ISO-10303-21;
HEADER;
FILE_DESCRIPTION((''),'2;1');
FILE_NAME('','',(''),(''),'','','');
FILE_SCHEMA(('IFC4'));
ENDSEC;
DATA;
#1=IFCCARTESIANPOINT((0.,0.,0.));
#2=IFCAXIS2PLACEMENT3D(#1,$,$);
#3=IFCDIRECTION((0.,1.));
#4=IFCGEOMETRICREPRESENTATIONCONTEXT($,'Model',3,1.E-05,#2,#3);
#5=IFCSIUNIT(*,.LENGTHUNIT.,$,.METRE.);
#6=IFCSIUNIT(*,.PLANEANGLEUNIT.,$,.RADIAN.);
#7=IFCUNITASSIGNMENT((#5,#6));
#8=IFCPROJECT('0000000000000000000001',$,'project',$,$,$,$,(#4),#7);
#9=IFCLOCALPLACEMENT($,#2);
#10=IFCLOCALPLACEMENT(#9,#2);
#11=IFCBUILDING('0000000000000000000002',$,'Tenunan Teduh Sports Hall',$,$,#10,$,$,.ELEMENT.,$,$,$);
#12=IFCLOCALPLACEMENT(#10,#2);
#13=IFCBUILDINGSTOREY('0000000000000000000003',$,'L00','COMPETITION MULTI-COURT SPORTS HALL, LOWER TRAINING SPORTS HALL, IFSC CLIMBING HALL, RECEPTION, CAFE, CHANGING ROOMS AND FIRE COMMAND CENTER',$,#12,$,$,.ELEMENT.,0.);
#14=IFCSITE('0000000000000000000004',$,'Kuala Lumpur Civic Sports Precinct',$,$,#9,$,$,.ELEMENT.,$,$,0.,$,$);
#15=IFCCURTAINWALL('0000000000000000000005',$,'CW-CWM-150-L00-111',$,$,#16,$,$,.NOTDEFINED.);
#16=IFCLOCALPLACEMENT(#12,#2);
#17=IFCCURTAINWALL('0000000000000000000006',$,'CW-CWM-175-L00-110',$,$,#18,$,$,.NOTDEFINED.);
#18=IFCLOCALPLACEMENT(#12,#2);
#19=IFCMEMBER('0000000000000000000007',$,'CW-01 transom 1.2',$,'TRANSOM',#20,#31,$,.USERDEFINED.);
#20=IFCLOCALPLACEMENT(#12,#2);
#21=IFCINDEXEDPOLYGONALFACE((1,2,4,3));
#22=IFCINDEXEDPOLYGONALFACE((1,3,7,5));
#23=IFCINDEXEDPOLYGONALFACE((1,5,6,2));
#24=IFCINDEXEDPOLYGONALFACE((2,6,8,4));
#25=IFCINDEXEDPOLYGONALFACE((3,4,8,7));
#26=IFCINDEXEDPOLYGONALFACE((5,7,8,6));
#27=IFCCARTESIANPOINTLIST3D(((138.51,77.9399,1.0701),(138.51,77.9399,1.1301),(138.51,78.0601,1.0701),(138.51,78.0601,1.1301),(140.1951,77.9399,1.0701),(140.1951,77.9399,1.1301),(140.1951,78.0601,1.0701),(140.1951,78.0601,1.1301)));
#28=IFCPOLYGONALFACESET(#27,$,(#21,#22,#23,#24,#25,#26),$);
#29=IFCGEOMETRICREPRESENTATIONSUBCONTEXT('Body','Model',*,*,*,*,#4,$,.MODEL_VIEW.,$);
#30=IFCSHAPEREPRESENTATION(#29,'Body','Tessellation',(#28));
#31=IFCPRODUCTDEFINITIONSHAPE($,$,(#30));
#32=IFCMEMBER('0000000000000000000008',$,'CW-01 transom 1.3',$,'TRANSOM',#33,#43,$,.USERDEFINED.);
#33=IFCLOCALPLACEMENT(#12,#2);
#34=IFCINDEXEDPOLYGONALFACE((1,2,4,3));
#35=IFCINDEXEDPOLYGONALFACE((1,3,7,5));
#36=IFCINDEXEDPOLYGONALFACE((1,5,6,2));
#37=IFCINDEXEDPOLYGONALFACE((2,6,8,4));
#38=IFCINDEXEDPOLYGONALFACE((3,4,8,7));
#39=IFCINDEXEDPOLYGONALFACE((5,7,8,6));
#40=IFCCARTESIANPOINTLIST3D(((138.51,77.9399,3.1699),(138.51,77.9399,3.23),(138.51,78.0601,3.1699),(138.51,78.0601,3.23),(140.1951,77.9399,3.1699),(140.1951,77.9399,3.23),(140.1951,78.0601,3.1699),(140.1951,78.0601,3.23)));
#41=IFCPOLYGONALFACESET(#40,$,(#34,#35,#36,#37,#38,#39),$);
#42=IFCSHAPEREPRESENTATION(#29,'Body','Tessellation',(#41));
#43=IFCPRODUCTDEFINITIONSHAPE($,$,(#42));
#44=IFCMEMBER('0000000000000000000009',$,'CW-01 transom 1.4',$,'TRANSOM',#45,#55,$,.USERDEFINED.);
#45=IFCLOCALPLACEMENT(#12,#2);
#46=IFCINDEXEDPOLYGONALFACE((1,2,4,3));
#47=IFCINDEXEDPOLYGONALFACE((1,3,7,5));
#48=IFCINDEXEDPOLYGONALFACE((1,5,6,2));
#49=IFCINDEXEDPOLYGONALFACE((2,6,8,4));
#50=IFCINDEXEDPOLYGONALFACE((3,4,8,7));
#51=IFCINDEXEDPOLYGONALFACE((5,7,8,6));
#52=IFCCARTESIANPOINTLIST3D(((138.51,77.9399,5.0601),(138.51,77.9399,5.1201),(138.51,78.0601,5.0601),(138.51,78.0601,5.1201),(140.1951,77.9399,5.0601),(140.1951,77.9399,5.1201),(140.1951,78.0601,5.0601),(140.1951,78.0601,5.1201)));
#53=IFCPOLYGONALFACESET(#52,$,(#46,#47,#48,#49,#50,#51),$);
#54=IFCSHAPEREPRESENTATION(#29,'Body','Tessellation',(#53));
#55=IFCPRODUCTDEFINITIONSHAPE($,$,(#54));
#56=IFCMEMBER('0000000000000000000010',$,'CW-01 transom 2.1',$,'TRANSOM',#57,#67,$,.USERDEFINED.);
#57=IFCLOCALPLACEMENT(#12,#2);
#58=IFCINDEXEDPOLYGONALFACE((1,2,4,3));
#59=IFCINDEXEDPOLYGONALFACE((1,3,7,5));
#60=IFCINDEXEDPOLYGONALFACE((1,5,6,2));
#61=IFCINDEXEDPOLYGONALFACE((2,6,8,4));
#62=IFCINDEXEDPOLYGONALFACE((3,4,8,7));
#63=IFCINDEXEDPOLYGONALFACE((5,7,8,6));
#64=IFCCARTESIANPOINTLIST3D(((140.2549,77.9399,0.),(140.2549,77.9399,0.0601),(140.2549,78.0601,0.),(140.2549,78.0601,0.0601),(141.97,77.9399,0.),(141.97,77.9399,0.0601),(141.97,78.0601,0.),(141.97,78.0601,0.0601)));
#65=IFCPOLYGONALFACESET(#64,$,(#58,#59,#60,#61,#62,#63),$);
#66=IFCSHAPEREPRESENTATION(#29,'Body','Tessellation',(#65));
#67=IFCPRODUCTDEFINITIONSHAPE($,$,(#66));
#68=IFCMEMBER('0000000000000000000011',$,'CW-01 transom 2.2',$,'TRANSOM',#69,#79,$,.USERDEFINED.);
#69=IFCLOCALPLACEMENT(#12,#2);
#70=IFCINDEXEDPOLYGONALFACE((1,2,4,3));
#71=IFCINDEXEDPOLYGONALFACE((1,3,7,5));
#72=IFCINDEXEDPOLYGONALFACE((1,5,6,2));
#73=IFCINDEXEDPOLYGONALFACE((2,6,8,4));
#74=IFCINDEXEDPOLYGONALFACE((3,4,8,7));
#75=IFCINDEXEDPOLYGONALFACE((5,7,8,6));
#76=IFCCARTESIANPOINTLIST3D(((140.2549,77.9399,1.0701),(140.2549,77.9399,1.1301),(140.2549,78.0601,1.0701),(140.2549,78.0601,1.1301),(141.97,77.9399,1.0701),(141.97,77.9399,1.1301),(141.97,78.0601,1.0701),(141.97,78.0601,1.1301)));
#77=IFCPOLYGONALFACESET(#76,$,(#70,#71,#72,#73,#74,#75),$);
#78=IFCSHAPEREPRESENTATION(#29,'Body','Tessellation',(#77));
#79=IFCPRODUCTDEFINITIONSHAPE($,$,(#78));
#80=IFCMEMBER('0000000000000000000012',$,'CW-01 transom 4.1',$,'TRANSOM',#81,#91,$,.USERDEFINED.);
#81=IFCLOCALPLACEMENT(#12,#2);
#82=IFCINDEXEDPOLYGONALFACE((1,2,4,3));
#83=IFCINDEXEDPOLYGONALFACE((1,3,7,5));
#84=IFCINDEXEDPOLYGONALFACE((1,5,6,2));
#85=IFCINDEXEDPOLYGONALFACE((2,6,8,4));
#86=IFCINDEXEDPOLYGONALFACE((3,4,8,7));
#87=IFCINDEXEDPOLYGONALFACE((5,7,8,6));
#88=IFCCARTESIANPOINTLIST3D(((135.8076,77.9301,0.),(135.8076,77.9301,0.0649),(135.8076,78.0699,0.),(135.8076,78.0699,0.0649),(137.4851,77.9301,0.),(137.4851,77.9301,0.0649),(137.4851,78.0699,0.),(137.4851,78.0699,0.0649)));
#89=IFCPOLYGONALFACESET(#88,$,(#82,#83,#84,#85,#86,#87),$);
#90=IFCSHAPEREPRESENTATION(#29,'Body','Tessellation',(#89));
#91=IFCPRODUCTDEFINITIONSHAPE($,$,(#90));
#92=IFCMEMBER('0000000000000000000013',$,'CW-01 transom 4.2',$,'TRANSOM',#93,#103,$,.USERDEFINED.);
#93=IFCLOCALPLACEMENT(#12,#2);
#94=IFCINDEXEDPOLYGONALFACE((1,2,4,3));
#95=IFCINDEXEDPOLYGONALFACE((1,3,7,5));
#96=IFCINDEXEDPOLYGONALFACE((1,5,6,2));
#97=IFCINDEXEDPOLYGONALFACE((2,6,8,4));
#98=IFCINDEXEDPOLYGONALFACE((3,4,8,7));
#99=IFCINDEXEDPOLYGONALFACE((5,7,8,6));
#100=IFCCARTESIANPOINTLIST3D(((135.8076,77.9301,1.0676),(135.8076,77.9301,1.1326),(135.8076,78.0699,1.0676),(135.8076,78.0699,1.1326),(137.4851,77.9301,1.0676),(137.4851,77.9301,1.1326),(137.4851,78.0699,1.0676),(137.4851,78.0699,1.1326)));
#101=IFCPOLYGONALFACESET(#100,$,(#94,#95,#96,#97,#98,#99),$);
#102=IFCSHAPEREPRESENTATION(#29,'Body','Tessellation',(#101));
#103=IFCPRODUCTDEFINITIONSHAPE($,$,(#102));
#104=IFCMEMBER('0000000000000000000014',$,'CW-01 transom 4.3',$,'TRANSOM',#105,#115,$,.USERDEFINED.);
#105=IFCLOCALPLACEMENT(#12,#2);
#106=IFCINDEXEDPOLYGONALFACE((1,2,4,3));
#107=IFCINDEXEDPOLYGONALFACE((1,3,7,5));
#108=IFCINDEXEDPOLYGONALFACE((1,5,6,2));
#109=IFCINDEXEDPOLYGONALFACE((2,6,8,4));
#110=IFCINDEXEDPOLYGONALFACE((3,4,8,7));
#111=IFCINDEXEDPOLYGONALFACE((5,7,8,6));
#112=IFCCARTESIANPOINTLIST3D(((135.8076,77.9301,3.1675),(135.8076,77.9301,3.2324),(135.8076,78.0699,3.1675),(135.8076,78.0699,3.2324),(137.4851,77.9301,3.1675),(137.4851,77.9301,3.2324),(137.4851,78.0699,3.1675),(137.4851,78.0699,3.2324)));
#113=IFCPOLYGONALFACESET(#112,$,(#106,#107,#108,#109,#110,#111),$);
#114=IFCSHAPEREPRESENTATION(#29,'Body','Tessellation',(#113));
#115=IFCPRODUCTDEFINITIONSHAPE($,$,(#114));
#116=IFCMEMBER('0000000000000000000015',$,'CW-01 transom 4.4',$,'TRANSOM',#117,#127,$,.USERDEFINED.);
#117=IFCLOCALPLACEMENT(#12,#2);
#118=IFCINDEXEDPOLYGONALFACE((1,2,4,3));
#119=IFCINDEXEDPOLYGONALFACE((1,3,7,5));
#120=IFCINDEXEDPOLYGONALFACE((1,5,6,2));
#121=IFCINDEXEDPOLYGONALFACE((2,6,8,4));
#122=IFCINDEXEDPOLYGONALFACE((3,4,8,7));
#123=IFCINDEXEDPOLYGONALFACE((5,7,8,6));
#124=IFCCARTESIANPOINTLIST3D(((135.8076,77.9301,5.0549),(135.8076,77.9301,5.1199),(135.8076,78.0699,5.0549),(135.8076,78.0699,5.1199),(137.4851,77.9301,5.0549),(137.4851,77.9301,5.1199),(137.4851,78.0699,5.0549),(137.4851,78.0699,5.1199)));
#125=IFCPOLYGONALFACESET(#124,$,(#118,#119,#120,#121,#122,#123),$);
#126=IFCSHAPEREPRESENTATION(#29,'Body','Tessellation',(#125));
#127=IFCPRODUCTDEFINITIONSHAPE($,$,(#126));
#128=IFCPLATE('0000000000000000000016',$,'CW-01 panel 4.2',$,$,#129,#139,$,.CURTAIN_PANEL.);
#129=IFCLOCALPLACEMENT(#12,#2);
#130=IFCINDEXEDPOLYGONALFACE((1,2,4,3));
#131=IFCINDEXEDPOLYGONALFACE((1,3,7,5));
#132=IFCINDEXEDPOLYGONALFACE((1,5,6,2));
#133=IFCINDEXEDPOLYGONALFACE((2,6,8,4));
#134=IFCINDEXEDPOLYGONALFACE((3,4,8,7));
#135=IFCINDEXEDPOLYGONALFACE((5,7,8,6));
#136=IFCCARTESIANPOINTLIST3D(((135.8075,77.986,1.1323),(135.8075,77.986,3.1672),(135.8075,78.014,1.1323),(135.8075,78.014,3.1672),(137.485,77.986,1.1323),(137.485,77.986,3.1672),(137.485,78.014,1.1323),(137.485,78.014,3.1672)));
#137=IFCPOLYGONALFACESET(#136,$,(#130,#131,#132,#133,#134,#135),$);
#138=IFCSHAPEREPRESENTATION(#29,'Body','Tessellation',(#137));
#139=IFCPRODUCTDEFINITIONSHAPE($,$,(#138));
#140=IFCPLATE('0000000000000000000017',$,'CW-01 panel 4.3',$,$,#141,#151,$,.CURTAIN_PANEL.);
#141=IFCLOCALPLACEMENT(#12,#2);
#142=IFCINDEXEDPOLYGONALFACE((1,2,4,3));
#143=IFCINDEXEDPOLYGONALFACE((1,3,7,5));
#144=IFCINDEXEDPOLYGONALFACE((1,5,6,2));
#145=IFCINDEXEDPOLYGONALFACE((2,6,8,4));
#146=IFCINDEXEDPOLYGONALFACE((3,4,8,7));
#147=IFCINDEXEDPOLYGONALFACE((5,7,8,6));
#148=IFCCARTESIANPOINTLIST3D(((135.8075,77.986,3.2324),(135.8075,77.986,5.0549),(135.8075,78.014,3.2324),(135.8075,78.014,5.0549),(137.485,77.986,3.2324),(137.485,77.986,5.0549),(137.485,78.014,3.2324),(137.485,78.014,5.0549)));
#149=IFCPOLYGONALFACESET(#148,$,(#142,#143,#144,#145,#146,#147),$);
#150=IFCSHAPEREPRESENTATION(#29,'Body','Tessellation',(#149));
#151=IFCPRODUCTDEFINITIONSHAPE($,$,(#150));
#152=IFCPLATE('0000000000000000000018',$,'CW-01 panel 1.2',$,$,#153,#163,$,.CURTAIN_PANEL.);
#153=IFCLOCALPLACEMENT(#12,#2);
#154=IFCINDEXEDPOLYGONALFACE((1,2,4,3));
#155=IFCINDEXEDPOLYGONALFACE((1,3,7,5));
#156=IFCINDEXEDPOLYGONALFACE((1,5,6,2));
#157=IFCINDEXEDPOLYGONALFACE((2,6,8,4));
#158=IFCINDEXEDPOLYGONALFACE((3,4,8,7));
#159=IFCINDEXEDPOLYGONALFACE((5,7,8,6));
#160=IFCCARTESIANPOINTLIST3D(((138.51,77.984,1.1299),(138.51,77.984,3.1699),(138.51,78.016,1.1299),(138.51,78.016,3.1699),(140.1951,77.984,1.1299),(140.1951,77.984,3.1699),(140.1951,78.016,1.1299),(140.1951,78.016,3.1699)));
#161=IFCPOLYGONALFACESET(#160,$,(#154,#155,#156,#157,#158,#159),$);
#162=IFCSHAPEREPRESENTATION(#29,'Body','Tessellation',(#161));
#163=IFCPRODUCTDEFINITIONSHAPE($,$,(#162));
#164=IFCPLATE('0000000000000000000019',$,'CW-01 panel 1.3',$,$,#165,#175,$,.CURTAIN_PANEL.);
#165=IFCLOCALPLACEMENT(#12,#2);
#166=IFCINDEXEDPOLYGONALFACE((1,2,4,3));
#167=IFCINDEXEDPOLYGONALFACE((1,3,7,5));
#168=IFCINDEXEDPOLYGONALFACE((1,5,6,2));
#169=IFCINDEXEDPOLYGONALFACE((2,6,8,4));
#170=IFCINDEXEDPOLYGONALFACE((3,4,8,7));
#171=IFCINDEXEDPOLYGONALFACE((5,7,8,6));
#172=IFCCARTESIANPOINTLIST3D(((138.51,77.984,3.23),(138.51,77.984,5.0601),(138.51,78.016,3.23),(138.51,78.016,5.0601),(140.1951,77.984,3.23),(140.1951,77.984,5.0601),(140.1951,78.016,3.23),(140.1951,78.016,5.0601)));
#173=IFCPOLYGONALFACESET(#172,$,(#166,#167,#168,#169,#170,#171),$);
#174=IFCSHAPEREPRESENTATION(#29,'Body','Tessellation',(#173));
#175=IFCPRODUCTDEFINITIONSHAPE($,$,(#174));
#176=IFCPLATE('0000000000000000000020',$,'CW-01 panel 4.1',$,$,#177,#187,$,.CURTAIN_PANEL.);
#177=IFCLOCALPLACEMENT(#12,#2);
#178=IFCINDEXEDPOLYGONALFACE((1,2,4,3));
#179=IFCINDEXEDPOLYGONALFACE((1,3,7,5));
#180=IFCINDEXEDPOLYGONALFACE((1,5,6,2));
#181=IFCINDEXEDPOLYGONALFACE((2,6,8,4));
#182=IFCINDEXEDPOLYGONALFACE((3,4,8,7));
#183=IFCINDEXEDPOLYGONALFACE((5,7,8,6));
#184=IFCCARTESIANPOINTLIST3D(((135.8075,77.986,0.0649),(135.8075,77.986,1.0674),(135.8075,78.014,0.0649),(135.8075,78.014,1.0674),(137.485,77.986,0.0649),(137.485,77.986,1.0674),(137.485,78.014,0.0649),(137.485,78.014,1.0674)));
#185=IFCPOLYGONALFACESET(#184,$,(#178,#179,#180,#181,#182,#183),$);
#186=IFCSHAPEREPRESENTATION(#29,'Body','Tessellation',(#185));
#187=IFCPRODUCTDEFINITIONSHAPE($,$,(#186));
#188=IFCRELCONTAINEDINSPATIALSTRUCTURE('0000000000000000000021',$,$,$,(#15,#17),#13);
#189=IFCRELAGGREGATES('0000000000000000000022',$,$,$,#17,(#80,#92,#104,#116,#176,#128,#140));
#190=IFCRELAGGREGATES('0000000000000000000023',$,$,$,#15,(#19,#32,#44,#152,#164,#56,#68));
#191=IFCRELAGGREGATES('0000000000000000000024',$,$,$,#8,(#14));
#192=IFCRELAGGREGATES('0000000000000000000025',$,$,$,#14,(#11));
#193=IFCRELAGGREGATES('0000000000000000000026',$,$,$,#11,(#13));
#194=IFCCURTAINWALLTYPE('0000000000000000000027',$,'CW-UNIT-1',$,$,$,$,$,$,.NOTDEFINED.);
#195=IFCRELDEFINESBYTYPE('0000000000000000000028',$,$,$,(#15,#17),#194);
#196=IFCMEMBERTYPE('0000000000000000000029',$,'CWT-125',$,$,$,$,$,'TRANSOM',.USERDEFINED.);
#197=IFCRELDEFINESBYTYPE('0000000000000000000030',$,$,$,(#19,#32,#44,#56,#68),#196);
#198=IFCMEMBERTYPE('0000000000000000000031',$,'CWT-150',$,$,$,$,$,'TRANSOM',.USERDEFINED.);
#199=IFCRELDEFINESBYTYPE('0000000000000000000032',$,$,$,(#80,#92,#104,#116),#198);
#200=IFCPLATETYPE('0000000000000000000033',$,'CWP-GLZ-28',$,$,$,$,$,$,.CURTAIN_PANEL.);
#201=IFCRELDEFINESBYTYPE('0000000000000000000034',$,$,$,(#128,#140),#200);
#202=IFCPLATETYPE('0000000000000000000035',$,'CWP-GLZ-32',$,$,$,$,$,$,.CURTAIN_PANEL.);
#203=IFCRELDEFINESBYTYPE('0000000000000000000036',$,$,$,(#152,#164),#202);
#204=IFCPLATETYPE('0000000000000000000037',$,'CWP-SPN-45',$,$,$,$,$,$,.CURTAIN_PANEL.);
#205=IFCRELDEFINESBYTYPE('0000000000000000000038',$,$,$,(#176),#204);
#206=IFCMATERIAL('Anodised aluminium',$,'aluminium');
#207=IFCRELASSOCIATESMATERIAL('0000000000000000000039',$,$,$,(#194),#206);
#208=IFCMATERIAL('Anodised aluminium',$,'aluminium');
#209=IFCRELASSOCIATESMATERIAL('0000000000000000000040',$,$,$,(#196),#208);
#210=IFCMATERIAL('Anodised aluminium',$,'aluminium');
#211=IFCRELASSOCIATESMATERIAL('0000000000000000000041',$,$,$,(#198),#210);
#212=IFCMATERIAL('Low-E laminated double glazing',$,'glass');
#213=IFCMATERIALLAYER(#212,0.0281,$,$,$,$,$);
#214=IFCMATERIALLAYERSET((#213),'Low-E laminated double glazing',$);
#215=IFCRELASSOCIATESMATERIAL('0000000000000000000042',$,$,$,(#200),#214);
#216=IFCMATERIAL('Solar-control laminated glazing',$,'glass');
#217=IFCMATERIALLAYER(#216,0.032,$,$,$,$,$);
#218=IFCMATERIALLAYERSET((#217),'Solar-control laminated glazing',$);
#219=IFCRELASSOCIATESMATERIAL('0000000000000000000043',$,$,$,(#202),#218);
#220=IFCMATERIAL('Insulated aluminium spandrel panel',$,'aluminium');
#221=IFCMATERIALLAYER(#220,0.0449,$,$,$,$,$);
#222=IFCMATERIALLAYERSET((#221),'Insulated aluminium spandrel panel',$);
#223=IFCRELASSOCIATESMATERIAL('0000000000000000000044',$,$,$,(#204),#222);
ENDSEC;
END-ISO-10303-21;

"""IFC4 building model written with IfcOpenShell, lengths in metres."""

from ifc_helpers import new_model, si_unit, direction, frame, origin, origin_2d, place, context, subcontext, project, spatial, rectangle, extrude, material, layer, layer_set, material_profile, profile_set, type_object, element, aggregate, save


model = new_model("IFC4")

# Units and contexts
model_context = context("Model", 3, precision=1e-05, world=origin(), true_north=direction((0.0, 1.0)))
body_context = subcontext(model_context, "Body", "Model", "MODEL_VIEW")
ifc_project = project(units=[si_unit("LENGTHUNIT", "METRE"), si_unit("PLANEANGLEUNIT", "RADIAN")], contexts=[model_context])

# Site, building, storey
site_placement = place(None, origin())
site = spatial("IfcSite", under=ifc_project, at=site_placement, Name="Kuala Lumpur Civic Sports Precinct", CompositionType="ELEMENT", RefElevation=0.0)
building_placement = place(site_placement, origin())
building = spatial("IfcBuilding", under=site, at=building_placement, Name="Tenunan Teduh Sports Hall", CompositionType="ELEMENT")
storey_placement = place(building_placement, origin())
storey = spatial("IfcBuildingStorey", under=building, at=storey_placement, Name="L00", Description="COMPETITION MULTI-COURT SPORTS HALL, LOWER TRAINING SPORTS HALL, IFSC CLIMBING HALL, RECEPTION, CAFE, CHANGING ROOMS AND FIRE COMMAND CENTER", CompositionType="ELEMENT", Elevation=0.0)

# Curtain wall
ifc_material_1 = material(Name="Anodised aluminium", Category="aluminium")
curtain_wall_type = type_object("IfcCurtainWallType", Name="CW-UNIT-1", PredefinedType="NOTDEFINED", material=ifc_material_1)
curtain_wall_1_placement = place(storey_placement, origin())
curtain_wall_1 = element("IfcCurtainWall", 1, at=curtain_wall_1_placement, inside=storey, type_object=curtain_wall_type, Name="CW-CWM-150-L00-111", PredefinedType="NOTDEFINED")

# Curtain wall
curtain_wall_2_placement = place(storey_placement, origin())
curtain_wall_2 = element("IfcCurtainWall", 2, at=curtain_wall_2_placement, inside=storey, type_object=curtain_wall_type, Name="CW-CWM-175-L00-110", PredefinedType="NOTDEFINED")

# Members
ifc_material_2 = material(Name="Anodised aluminium", Category="aluminium")
ifc_material_profile_1 = material_profile(ifc_material_2, rectangle(XDim=0.0601, YDim=0.1201, at=origin_2d()), Name="CWT 60x120")
ifc_profile_set_1 = profile_set([ifc_material_profile_1], Name="Anodised aluminium")
member_type_1 = type_object("IfcMemberType", Name="CWT-125", ElementType="TRANSOM", PredefinedType="USERDEFINED", material=ifc_profile_set_1)
member_1_placement = place(storey_placement, frame((138.51, 78.0, 1.1001), z_axis=(1.0, 0.0, 0.0), x_axis=(0.0, 0.0, 1.0)))
member_1 = element("IfcMember", 3, at=member_1_placement, type_object=member_type_1, Name="CW-01 transom 1.2", ObjectType="TRANSOM", PredefinedType="USERDEFINED", context=body_context, shape_type="SweptSolid", body=[
    extrude(rectangle(XDim=0.0601, YDim=0.1201, at=origin_2d()), origin(), (0.0, 0.0, 1.0), 1.6851),
])
member_2_placement = place(storey_placement, frame((138.51, 78.0, 3.2), z_axis=(1.0, 0.0, 0.0), x_axis=(0.0, 0.0, 1.0)))
member_2 = element("IfcMember", 4, at=member_2_placement, type_object=member_type_1, Name="CW-01 transom 1.3", ObjectType="TRANSOM", PredefinedType="USERDEFINED", context=body_context, shape_type="SweptSolid", body=[
    extrude(rectangle(XDim=0.0601, YDim=0.1201, at=origin_2d()), origin(), (0.0, 0.0, 1.0), 1.6851),
])
member_3_placement = place(storey_placement, frame((138.51, 78.0, 5.0901), z_axis=(1.0, 0.0, 0.0), x_axis=(0.0, 0.0, 1.0)))
member_3 = element("IfcMember", 5, at=member_3_placement, type_object=member_type_1, Name="CW-01 transom 1.4", ObjectType="TRANSOM", PredefinedType="USERDEFINED", context=body_context, shape_type="SweptSolid", body=[
    extrude(rectangle(XDim=0.0601, YDim=0.1201, at=origin_2d()), origin(), (0.0, 0.0, 1.0), 1.6851),
])
member_4_placement = place(storey_placement, frame((140.2549, 78.0, 0.03), z_axis=(1.0, 0.0, 0.0), x_axis=(0.0, 0.0, 1.0)))
member_4 = element("IfcMember", 6, at=member_4_placement, type_object=member_type_1, Name="CW-01 transom 2.1", ObjectType="TRANSOM", PredefinedType="USERDEFINED", context=body_context, shape_type="SweptSolid", body=[
    extrude(rectangle(XDim=0.0601, YDim=0.1201, at=origin_2d()), origin(), (0.0, 0.0, 1.0), 1.7151),
])
member_5_placement = place(storey_placement, frame((140.2549, 78.0, 1.1001), z_axis=(1.0, 0.0, 0.0), x_axis=(0.0, 0.0, 1.0)))
member_5 = element("IfcMember", 7, at=member_5_placement, type_object=member_type_1, Name="CW-01 transom 2.2", ObjectType="TRANSOM", PredefinedType="USERDEFINED", context=body_context, shape_type="SweptSolid", body=[
    extrude(rectangle(XDim=0.0601, YDim=0.1201, at=origin_2d()), origin(), (0.0, 0.0, 1.0), 1.7151),
])
ifc_material_3 = material(Name="Anodised aluminium", Category="aluminium")
ifc_material_profile_2 = material_profile(ifc_material_3, rectangle(XDim=0.0649, YDim=0.1399, at=origin_2d()), Name="CWT 65x140")
ifc_profile_set_2 = profile_set([ifc_material_profile_2], Name="Anodised aluminium")
member_type_2 = type_object("IfcMemberType", Name="CWT-150", ElementType="TRANSOM", PredefinedType="USERDEFINED", material=ifc_profile_set_2)
member_6_placement = place(storey_placement, frame((135.8076, 78.0, 0.0325), z_axis=(1.0, 0.0, 0.0), x_axis=(0.0, 0.0, 1.0)))
member_6 = element("IfcMember", 8, at=member_6_placement, type_object=member_type_2, Name="CW-01 transom 4.1", ObjectType="TRANSOM", PredefinedType="USERDEFINED", context=body_context, shape_type="SweptSolid", body=[
    extrude(rectangle(XDim=0.0649, YDim=0.1399, at=origin_2d()), origin(), (0.0, 0.0, 1.0), 1.6775),
])
member_7_placement = place(storey_placement, frame((135.8076, 78.0, 1.1001), z_axis=(1.0, 0.0, 0.0), x_axis=(0.0, 0.0, 1.0)))
member_7 = element("IfcMember", 9, at=member_7_placement, type_object=member_type_2, Name="CW-01 transom 4.2", ObjectType="TRANSOM", PredefinedType="USERDEFINED", context=body_context, shape_type="SweptSolid", body=[
    extrude(rectangle(XDim=0.0649, YDim=0.1399, at=origin_2d()), origin(), (0.0, 0.0, 1.0), 1.6775),
])
member_8_placement = place(storey_placement, frame((135.8076, 78.0, 3.2), z_axis=(1.0, 0.0, 0.0), x_axis=(0.0, 0.0, 1.0)))
member_8 = element("IfcMember", 10, at=member_8_placement, type_object=member_type_2, Name="CW-01 transom 4.3", ObjectType="TRANSOM", PredefinedType="USERDEFINED", context=body_context, shape_type="SweptSolid", body=[
    extrude(rectangle(XDim=0.0649, YDim=0.1399, at=origin_2d()), origin(), (0.0, 0.0, 1.0), 1.6775),
])
member_9_placement = place(storey_placement, frame((135.8076, 78.0, 5.0874), z_axis=(1.0, 0.0, 0.0), x_axis=(0.0, 0.0, 1.0)))
member_9 = element("IfcMember", 11, at=member_9_placement, type_object=member_type_2, Name="CW-01 transom 4.4", ObjectType="TRANSOM", PredefinedType="USERDEFINED", context=body_context, shape_type="SweptSolid", body=[
    extrude(rectangle(XDim=0.0649, YDim=0.1399, at=origin_2d()), origin(), (0.0, 0.0, 1.0), 1.6775),
])

# Plates
ifc_material_4 = material(Name="Low-E laminated double glazing", Category="glass")
ifc_layer_1 = layer(ifc_material_4, 0.0281)
ifc_layer_set_1 = layer_set([ifc_layer_1], Name="Low-E laminated double glazing")
plate_type_1 = type_object("IfcPlateType", Name="CWP-GLZ-28", PredefinedType="CURTAIN_PANEL", material=ifc_layer_set_1)
plate_1_placement = place(storey_placement, frame((136.6462, 78.0, 1.1323), z_axis=(0.0, 0.0, 1.0), x_axis=(1.0, 0.0, 0.0)))
plate_1 = element("IfcPlate", 12, at=plate_1_placement, type_object=plate_type_1, Name="CW-01 panel 4.2", PredefinedType="CURTAIN_PANEL", context=body_context, shape_type="SweptSolid", body=[
    extrude(rectangle(XDim=1.6775, YDim=0.0281, at=origin_2d()), origin(), (0.0, 0.0, 1.0), 2.0349),
])
plate_2_placement = place(storey_placement, frame((136.6462, 78.0, 3.2324), z_axis=(0.0, 0.0, 1.0), x_axis=(1.0, 0.0, 0.0)))
plate_2 = element("IfcPlate", 13, at=plate_2_placement, type_object=plate_type_1, Name="CW-01 panel 4.3", PredefinedType="CURTAIN_PANEL", context=body_context, shape_type="SweptSolid", body=[
    extrude(rectangle(XDim=1.6775, YDim=0.0281, at=origin_2d()), origin(), (0.0, 0.0, 1.0), 1.8225),
])
ifc_material_5 = material(Name="Solar-control laminated glazing", Category="glass")
ifc_layer_2 = layer(ifc_material_5, 0.032)
ifc_layer_set_2 = layer_set([ifc_layer_2], Name="Solar-control laminated glazing")
plate_type_2 = type_object("IfcPlateType", Name="CWP-GLZ-32", PredefinedType="CURTAIN_PANEL", material=ifc_layer_set_2)
plate_3_placement = place(storey_placement, frame((139.3525, 78.0, 1.1299), z_axis=(0.0, 0.0, 1.0), x_axis=(1.0, 0.0, 0.0)))
plate_3 = element("IfcPlate", 14, at=plate_3_placement, type_object=plate_type_2, Name="CW-01 panel 1.2", PredefinedType="CURTAIN_PANEL", context=body_context, shape_type="SweptSolid", body=[
    extrude(rectangle(XDim=1.6851, YDim=0.032, at=origin_2d()), origin(), (0.0, 0.0, 1.0), 2.04),
])
plate_4_placement = place(storey_placement, frame((139.3525, 78.0, 3.23), z_axis=(0.0, 0.0, 1.0), x_axis=(1.0, 0.0, 0.0)))
plate_4 = element("IfcPlate", 15, at=plate_4_placement, type_object=plate_type_2, Name="CW-01 panel 1.3", PredefinedType="CURTAIN_PANEL", context=body_context, shape_type="SweptSolid", body=[
    extrude(rectangle(XDim=1.6851, YDim=0.032, at=origin_2d()), origin(), (0.0, 0.0, 1.0), 1.8301),
])
ifc_material_6 = material(Name="Insulated aluminium spandrel panel", Category="aluminium")
ifc_layer_3 = layer(ifc_material_6, 0.0449)
ifc_layer_set_3 = layer_set([ifc_layer_3], Name="Insulated aluminium spandrel panel")
plate_type_3 = type_object("IfcPlateType", Name="CWP-SPN-45", PredefinedType="CURTAIN_PANEL", material=ifc_layer_set_3)
plate_5_placement = place(storey_placement, frame((136.6462, 78.0, 0.0649), z_axis=(0.0, 0.0, 1.0), x_axis=(1.0, 0.0, 0.0)))
plate_5 = element("IfcPlate", 16, at=plate_5_placement, type_object=plate_type_3, Name="CW-01 panel 4.1", PredefinedType="CURTAIN_PANEL", context=body_context, shape_type="SweptSolid", body=[
    extrude(rectangle(XDim=1.6775, YDim=0.0281, at=origin_2d()), origin(), (0.0, 0.0, 1.0), 1.0024),
])
aggregate(curtain_wall_2, [member_6, member_7, member_8, member_9, plate_5, plate_1, plate_2])
aggregate(curtain_wall_1, [member_1, member_2, member_3, plate_3, plate_4, member_4, member_5])

save(model, "model.ifc")
